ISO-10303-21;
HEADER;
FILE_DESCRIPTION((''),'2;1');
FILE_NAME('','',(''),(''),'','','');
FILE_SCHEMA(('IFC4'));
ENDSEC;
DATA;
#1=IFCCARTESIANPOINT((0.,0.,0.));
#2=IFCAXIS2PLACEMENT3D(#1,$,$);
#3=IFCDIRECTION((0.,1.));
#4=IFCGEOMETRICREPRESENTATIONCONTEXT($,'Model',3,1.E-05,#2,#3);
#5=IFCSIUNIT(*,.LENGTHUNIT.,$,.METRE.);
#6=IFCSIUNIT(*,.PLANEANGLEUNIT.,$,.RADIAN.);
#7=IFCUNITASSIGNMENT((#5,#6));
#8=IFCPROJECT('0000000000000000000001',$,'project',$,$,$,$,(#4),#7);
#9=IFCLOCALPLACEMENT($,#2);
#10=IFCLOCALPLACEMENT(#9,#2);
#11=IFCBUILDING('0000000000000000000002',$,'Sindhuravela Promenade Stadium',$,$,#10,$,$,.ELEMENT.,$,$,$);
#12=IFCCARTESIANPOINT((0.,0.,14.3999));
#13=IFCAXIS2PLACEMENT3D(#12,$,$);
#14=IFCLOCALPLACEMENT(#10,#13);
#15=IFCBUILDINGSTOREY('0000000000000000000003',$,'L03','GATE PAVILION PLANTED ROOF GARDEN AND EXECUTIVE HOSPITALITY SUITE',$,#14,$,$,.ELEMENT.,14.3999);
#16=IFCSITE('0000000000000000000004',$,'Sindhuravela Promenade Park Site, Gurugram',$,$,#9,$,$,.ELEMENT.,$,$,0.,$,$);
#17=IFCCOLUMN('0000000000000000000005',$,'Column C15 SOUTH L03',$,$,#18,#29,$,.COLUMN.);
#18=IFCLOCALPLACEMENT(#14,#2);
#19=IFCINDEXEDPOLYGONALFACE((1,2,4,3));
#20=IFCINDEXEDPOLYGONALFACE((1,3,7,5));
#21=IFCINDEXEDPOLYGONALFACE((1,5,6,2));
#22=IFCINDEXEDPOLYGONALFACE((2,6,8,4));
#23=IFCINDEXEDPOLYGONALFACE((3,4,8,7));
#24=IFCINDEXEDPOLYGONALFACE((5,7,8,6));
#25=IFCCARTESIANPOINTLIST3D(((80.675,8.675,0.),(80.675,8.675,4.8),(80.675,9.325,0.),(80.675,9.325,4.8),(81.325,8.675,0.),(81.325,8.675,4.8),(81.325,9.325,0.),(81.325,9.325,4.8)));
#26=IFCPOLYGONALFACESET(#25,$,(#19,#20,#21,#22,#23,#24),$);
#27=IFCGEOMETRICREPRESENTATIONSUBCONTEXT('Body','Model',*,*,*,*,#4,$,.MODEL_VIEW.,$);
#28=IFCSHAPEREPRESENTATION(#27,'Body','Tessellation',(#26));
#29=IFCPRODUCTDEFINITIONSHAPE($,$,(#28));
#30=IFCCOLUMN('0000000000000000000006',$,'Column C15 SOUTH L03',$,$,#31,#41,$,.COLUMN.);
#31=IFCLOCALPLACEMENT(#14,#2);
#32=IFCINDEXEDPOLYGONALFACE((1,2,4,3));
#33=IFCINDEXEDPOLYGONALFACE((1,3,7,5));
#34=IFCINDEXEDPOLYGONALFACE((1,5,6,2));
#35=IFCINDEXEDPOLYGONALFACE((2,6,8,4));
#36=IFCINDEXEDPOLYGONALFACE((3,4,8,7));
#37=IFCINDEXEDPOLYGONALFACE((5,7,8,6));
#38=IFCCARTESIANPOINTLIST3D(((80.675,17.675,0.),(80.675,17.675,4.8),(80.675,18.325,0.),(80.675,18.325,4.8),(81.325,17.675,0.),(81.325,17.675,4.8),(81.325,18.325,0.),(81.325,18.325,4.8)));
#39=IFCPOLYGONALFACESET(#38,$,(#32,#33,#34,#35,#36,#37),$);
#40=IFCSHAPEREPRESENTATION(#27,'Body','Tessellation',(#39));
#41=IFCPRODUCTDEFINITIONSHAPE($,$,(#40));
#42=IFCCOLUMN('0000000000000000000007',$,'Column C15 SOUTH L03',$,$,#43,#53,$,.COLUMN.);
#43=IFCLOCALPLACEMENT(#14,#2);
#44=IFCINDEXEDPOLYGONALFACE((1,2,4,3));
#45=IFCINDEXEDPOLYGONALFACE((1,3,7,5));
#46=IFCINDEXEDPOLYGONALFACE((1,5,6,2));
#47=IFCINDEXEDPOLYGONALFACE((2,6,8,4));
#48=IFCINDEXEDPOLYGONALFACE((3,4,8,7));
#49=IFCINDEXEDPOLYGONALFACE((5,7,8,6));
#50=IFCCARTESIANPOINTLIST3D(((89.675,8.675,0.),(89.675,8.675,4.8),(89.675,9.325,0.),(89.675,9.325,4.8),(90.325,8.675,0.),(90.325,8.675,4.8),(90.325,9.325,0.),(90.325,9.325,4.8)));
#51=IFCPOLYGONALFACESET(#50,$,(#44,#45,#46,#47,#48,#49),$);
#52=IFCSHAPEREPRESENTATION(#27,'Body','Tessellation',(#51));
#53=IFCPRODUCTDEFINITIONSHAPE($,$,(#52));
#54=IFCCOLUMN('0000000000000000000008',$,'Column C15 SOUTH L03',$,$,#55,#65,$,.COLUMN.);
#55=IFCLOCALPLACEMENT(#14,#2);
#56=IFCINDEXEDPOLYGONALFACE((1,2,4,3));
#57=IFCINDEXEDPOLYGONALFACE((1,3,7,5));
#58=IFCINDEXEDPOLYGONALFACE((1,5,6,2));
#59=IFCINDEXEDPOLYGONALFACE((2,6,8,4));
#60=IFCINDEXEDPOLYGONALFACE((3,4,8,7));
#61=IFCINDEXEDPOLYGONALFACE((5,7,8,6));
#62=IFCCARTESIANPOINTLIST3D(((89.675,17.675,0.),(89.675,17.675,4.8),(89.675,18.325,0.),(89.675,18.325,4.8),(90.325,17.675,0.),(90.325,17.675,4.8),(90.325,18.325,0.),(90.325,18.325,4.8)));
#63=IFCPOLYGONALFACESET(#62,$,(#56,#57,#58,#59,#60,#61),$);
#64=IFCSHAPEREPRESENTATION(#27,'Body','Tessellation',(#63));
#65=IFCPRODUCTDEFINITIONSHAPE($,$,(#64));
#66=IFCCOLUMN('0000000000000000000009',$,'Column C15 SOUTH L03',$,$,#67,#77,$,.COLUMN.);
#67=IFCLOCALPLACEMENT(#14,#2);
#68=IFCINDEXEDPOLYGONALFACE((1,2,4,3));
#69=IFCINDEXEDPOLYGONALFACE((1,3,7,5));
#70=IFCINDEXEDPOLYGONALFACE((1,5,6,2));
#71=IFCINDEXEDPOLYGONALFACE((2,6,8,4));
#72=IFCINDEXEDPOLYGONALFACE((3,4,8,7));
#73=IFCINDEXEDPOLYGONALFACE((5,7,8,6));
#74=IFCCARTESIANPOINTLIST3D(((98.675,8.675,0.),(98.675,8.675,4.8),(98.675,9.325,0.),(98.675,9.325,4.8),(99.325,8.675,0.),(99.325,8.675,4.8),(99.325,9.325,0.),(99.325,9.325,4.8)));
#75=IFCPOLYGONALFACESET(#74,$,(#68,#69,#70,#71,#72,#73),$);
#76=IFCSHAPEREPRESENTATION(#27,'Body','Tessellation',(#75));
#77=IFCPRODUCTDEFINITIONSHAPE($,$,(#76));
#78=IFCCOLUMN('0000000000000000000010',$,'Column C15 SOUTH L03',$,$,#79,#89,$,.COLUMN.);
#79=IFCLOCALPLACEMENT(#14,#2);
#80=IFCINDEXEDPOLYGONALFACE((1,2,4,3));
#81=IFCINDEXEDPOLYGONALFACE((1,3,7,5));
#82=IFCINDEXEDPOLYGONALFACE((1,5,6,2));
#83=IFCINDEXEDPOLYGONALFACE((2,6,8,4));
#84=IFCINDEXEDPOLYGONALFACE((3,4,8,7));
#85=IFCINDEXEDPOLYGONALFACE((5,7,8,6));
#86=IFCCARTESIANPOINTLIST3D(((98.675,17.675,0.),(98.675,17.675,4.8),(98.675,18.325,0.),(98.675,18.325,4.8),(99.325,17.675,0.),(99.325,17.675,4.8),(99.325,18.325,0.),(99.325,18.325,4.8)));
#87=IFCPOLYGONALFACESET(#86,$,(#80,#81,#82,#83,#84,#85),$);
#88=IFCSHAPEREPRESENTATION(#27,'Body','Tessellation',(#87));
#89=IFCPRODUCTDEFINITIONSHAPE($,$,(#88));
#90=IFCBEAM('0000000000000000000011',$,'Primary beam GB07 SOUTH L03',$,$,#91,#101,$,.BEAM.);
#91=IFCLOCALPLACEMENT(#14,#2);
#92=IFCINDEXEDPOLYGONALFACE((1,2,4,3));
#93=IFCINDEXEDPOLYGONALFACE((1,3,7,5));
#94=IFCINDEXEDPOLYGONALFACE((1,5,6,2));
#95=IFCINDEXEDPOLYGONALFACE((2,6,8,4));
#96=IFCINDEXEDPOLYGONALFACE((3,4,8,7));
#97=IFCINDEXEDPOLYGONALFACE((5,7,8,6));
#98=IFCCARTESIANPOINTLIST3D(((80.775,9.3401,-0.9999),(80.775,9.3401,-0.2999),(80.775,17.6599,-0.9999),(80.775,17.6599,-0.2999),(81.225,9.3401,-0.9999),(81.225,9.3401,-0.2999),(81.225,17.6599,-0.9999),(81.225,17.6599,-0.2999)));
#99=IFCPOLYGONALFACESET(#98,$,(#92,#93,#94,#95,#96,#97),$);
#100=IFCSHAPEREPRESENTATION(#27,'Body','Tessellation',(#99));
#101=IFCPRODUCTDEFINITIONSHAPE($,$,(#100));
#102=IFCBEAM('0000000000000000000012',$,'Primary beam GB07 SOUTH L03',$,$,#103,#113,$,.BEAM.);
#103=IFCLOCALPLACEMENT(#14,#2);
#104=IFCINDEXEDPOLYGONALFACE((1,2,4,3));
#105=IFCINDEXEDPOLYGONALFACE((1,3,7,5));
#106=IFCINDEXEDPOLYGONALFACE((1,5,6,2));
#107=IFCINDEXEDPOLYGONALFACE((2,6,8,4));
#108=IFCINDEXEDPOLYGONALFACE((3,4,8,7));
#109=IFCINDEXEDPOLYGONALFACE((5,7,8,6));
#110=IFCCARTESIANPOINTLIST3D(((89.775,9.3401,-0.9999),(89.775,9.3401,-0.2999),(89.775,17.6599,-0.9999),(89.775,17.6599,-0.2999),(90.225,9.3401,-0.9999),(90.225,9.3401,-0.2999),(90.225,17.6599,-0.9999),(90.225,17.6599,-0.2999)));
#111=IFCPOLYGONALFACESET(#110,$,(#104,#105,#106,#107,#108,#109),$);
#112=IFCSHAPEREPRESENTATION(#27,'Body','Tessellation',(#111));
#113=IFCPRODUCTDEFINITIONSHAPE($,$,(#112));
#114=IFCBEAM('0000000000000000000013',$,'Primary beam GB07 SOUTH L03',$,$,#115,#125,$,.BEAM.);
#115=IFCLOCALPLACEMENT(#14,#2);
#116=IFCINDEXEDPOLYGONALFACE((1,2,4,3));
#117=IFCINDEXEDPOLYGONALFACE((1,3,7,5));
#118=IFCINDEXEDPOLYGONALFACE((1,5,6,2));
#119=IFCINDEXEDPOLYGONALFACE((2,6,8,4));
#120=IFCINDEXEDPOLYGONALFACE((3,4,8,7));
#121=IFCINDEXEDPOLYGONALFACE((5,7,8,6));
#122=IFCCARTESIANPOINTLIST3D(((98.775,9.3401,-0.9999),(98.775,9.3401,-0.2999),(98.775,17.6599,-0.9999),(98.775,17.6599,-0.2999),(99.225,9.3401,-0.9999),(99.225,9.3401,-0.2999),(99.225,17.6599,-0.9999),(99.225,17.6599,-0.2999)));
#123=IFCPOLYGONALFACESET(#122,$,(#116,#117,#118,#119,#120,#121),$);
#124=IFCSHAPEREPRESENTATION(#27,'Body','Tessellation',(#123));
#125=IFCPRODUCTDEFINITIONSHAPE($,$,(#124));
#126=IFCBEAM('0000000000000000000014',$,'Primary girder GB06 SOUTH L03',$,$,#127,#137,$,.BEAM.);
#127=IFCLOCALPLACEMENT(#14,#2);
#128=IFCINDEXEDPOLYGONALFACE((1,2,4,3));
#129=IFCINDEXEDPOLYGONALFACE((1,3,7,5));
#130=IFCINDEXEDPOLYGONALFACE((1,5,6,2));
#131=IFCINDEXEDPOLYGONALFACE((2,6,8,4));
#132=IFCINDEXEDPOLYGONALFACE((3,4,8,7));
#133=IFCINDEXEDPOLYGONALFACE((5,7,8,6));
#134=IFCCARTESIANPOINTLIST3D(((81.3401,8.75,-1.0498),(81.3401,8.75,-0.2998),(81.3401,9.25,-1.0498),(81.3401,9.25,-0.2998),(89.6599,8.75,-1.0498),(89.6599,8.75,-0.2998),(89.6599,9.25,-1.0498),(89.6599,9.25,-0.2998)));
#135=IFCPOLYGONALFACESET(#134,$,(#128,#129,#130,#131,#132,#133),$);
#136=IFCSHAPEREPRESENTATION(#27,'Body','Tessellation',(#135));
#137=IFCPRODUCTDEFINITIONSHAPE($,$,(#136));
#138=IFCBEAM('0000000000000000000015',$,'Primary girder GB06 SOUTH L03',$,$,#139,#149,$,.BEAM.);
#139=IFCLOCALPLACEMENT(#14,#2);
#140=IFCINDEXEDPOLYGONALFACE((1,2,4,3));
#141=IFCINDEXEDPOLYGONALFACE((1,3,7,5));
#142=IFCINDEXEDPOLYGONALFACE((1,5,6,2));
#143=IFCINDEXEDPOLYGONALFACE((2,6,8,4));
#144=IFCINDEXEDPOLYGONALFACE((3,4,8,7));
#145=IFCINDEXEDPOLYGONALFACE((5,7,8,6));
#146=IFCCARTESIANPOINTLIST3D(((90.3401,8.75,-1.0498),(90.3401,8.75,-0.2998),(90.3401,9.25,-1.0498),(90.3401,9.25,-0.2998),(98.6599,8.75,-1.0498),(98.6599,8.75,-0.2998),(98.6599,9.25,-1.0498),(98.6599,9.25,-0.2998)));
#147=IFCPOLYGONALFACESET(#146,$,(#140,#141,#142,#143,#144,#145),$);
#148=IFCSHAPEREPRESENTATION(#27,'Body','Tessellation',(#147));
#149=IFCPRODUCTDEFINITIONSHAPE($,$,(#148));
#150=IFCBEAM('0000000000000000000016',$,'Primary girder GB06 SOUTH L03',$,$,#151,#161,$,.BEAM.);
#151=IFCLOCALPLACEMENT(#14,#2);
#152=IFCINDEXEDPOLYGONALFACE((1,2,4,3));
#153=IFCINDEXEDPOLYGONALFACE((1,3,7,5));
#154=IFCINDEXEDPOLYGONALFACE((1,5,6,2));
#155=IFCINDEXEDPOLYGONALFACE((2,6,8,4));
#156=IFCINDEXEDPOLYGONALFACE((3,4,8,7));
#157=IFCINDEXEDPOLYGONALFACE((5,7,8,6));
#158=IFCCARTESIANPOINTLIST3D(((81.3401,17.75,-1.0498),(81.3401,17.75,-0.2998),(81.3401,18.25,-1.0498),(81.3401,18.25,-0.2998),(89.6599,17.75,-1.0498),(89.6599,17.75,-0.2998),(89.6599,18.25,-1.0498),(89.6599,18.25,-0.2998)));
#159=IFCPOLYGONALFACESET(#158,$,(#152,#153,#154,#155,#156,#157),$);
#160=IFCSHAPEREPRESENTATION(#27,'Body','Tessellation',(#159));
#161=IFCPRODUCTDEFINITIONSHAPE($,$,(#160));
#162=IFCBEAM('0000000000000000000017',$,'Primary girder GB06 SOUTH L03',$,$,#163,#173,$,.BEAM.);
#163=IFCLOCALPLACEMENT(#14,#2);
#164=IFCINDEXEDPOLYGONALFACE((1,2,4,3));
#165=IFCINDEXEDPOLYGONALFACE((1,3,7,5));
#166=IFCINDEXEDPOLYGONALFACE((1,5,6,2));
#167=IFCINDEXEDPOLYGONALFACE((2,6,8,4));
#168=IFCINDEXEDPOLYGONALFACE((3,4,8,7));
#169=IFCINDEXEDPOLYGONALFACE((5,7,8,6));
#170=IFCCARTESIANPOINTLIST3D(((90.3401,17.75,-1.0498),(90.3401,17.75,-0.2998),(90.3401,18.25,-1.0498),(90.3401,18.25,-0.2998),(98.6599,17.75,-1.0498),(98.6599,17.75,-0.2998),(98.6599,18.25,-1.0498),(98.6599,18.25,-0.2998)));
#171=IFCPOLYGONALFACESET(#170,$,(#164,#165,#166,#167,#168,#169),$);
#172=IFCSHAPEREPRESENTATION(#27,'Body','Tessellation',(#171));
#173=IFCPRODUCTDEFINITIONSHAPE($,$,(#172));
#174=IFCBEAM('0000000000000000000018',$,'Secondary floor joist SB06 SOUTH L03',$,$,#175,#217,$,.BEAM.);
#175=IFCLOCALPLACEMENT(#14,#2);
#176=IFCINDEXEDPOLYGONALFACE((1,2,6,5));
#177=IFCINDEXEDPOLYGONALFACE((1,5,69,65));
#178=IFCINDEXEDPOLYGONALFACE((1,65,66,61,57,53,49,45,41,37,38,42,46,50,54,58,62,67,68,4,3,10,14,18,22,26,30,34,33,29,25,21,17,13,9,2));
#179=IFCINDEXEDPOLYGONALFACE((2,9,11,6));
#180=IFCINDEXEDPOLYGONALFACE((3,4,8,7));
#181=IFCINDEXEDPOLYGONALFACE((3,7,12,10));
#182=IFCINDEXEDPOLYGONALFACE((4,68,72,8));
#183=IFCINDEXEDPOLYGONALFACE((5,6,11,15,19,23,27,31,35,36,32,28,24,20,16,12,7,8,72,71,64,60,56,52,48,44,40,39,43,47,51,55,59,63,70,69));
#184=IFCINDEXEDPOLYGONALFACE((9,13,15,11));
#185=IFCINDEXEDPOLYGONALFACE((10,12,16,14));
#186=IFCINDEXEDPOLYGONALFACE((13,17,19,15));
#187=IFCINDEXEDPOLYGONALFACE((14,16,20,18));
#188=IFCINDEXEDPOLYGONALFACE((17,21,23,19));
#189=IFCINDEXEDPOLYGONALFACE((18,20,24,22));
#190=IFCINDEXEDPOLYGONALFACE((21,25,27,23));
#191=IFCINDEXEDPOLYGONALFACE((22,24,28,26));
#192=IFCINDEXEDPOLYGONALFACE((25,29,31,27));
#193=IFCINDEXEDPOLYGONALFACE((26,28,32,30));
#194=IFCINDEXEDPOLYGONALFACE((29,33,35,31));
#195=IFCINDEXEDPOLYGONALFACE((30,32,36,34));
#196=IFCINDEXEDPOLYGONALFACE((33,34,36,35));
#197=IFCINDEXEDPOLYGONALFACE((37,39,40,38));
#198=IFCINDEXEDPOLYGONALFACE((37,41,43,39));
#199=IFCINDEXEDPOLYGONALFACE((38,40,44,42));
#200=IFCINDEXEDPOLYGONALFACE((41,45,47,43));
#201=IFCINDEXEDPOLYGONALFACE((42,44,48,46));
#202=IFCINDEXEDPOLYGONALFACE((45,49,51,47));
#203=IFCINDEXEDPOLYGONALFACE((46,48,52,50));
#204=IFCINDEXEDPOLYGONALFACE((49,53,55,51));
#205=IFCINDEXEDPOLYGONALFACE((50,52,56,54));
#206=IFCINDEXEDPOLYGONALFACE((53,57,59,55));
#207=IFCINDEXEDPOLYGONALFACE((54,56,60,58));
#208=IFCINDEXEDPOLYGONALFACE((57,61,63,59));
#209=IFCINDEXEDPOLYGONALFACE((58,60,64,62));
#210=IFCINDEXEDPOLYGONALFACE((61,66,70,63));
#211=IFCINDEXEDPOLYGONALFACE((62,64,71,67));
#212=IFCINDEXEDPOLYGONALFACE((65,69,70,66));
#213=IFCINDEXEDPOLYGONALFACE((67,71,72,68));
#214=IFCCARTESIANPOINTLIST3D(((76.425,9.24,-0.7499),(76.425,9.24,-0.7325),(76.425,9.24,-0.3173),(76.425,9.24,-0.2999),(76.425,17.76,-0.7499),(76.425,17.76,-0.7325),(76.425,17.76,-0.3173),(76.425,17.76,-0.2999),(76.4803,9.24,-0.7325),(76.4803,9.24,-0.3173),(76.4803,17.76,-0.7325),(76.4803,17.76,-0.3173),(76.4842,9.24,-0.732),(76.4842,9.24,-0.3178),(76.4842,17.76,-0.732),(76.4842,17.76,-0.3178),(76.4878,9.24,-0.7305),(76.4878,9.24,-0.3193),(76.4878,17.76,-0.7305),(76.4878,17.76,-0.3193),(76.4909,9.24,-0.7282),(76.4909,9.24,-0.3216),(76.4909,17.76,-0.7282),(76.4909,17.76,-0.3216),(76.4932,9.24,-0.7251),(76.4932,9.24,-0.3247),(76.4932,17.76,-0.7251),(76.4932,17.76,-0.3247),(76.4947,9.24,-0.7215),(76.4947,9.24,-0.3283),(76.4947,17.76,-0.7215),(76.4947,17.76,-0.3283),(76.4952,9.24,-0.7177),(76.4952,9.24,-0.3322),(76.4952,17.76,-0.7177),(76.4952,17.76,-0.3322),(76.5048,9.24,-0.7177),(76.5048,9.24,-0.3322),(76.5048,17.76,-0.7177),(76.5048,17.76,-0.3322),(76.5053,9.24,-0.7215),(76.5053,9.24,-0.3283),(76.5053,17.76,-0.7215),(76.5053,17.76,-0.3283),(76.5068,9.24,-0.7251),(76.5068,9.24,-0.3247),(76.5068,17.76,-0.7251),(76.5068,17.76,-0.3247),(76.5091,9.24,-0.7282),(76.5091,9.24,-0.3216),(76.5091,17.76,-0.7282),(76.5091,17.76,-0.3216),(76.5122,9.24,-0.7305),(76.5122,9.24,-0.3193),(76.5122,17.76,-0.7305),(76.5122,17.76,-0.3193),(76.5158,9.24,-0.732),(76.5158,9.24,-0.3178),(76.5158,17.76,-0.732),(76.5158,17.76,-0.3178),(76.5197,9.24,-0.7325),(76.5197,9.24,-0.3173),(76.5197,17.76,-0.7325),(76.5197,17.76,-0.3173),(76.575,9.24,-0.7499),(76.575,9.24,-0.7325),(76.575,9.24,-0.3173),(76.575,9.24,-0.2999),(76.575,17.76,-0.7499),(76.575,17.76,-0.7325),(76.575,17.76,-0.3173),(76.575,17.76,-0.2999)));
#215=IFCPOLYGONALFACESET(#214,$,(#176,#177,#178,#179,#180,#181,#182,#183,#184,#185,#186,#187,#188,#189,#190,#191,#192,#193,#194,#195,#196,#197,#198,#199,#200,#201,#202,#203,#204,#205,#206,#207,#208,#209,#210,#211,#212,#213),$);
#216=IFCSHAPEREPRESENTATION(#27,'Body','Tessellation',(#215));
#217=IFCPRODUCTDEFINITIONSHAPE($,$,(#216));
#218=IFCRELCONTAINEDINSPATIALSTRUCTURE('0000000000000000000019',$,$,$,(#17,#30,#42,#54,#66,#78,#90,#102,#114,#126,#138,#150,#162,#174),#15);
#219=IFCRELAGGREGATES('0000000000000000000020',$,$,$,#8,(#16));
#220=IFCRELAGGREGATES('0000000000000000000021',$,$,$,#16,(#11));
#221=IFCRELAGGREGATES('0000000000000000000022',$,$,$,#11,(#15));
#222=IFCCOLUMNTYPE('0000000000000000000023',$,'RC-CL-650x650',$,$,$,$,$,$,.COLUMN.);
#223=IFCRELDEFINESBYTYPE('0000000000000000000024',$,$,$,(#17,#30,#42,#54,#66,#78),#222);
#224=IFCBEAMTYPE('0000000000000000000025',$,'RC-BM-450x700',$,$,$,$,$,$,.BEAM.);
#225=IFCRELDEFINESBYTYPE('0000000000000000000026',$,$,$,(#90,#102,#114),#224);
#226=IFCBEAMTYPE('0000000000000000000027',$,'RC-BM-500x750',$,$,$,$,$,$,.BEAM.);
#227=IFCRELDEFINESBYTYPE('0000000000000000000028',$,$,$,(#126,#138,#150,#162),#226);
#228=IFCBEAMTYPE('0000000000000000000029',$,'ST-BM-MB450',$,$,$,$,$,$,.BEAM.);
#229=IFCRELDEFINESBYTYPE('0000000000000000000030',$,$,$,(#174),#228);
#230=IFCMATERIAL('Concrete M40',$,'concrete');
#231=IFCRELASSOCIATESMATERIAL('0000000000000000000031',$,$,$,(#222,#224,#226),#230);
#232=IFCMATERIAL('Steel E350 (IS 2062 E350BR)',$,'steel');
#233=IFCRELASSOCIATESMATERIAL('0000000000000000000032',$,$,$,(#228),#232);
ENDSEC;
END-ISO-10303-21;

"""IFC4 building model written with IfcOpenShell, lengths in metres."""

from ifc_helpers import new_model, si_unit, direction, frame, origin, origin_2d, place, context, subcontext, project, spatial, rectangle, i_section, extrude, material, material_profile, profile_set, type_object, element, save


model = new_model("IFC4")

# Units and contexts
model_context = context("Model", 3, precision=1e-05, world=origin(), true_north=direction((0.0, 1.0)))
body_context = subcontext(model_context, "Body", "Model", "MODEL_VIEW")
ifc_project = project(units=[si_unit("LENGTHUNIT", "METRE"), si_unit("PLANEANGLEUNIT", "RADIAN")], contexts=[model_context])

# Site, building, storey
site_placement = place(None, origin())
site = spatial("IfcSite", under=ifc_project, at=site_placement, Name="Sindhuravela Promenade Park Site, Gurugram", CompositionType="ELEMENT", RefElevation=0.0)
building_placement = place(site_placement, origin())
building = spatial("IfcBuilding", under=site, at=building_placement, Name="Sindhuravela Promenade Stadium", CompositionType="ELEMENT")
storey_placement = place(building_placement, frame((0.0, 0.0, 14.3999)))
storey = spatial("IfcBuildingStorey", under=building, at=storey_placement, Name="L03", Description="GATE PAVILION PLANTED ROOF GARDEN AND EXECUTIVE HOSPITALITY SUITE", CompositionType="ELEMENT", Elevation=14.3999)

# Columns
ifc_material_1 = material(Name="Concrete M40", Category="concrete")
ifc_material_profile_1 = material_profile(ifc_material_1, rectangle(XDim=0.6499, YDim=0.6499, at=origin_2d()), Name="RC 650x650")
ifc_profile_set_1 = profile_set([ifc_material_profile_1], Name="Concrete M40")
column_type = type_object("IfcColumnType", Name="RC-CL-650x650", PredefinedType="COLUMN", material=ifc_profile_set_1)
for number, where, z_axis, x_axis, name in (
    (1, (81.0, 9.0, 0.0), (0.0, 0.0, 1.0), (1.0, 0.0, 0.0), "Column C15 SOUTH L03"),
    (2, (81.0, 18.0, 0.0), (0.0, 0.0, 1.0), (1.0, 0.0, 0.0), "Column C15 SOUTH L03"),
    (3, (90.0, 9.0, 0.0), (0.0, 0.0, 1.0), (1.0, 0.0, 0.0), "Column C15 SOUTH L03"),
    (4, (90.0, 18.0, 0.0), (0.0, 0.0, 1.0), (1.0, 0.0, 0.0), "Column C15 SOUTH L03"),
    (5, (99.0, 9.0, 0.0), (0.0, 0.0, 1.0), (1.0, 0.0, 0.0), "Column C15 SOUTH L03"),
    (6, (99.0, 18.0, 0.0), (0.0, 0.0, 1.0), (1.0, 0.0, 0.0), "Column C15 SOUTH L03"),
):
    element("IfcColumn", number, at=place(storey_placement, frame(where, z_axis=z_axis, x_axis=x_axis)), inside=storey, type_object=column_type, Name=name, PredefinedType="COLUMN", context=body_context, shape_type="SweptSolid", body=[
        extrude(rectangle(XDim=0.6499, YDim=0.6499, at=origin_2d()), origin(), (0.0, 0.0, 1.0), 4.8),
    ])

# Beams
ifc_material_profile_2 = material_profile(ifc_material_1, rectangle(XDim=0.45, YDim=0.7, at=origin_2d()), Name="RC 450x700")
ifc_profile_set_2 = profile_set([ifc_material_profile_2], Name="Concrete M40")
beam_type_1 = type_object("IfcBeamType", Name="RC-BM-450x700", PredefinedType="BEAM", material=ifc_profile_set_2)
for number, where, z_axis, x_axis, name in (
    (7, (81.0, 9.3401, -0.6499), (0.0, 1.0, 0.0), (-1.0, 0.0, 0.0), "Primary beam GB07 SOUTH L03"),
    (8, (90.0, 9.3401, -0.6499), (0.0, 1.0, 0.0), (-1.0, 0.0, 0.0), "Primary beam GB07 SOUTH L03"),
    (9, (99.0, 9.3401, -0.6499), (0.0, 1.0, 0.0), (-1.0, 0.0, 0.0), "Primary beam GB07 SOUTH L03"),
):
    element("IfcBeam", number, at=place(storey_placement, frame(where, z_axis=z_axis, x_axis=x_axis)), inside=storey, type_object=beam_type_1, Name=name, PredefinedType="BEAM", context=body_context, shape_type="SweptSolid", body=[
        extrude(rectangle(XDim=0.45, YDim=0.7, at=origin_2d()), origin(), (0.0, 0.0, 1.0), 8.3198),
    ])
ifc_material_profile_3 = material_profile(ifc_material_1, rectangle(XDim=0.5, YDim=0.75, at=origin_2d()), Name="RC 500x750")
ifc_profile_set_3 = profile_set([ifc_material_profile_3], Name="Concrete M40")
beam_type_2 = type_object("IfcBeamType", Name="RC-BM-500x750", PredefinedType="BEAM", material=ifc_profile_set_3)
for number, where, z_axis, x_axis, name in (
    (10, (81.3401, 9.0, -0.6748), (1.0, 0.0, 0.0), (0.0, 1.0, 0.0), "Primary girder GB06 SOUTH L03"),
    (11, (90.3401, 9.0, -0.6748), (1.0, 0.0, 0.0), (0.0, 1.0, 0.0), "Primary girder GB06 SOUTH L03"),
    (12, (81.3401, 18.0, -0.6748), (1.0, 0.0, 0.0), (0.0, 1.0, 0.0), "Primary girder GB06 SOUTH L03"),
    (13, (90.3401, 18.0, -0.6748), (1.0, 0.0, 0.0), (0.0, 1.0, 0.0), "Primary girder GB06 SOUTH L03"),
):
    element("IfcBeam", number, at=place(storey_placement, frame(where, z_axis=z_axis, x_axis=x_axis)), inside=storey, type_object=beam_type_2, Name=name, PredefinedType="BEAM", context=body_context, shape_type="SweptSolid", body=[
        extrude(rectangle(XDim=0.5, YDim=0.75, at=origin_2d()), origin(), (0.0, 0.0, 1.0), 8.3198),
    ])
ifc_material_2 = material(Name="Steel E350 (IS 2062 E350BR)", Category="steel")
ifc_material_profile_4 = material_profile(ifc_material_2, i_section(OverallWidth=0.1499, OverallDepth=0.45, WebThickness=0.0095, FlangeThickness=0.0173, FilletRadius=0.0149, at=origin_2d()), Name="ISMB 450")
ifc_profile_set_4 = profile_set([ifc_material_profile_4], Name="Steel E350 (IS 2062 E350BR)")
beam_type_3 = type_object("IfcBeamType", Name="ST-BM-MB450", PredefinedType="BEAM", material=ifc_profile_set_4)
beam_1_placement = place(storey_placement, frame((76.5, 9.24, -0.5249), z_axis=(0.0, 1.0, 0.0), x_axis=(-1.0, 0.0, 0.0)))
element("IfcBeam", 14, at=beam_1_placement, inside=storey, type_object=beam_type_3, Name="Secondary floor joist SB06 SOUTH L03", PredefinedType="BEAM", context=body_context, shape_type="SweptSolid", body=[
    extrude(i_section(OverallWidth=0.1499, OverallDepth=0.45, WebThickness=0.0095, FlangeThickness=0.0173, FilletRadius=0.0149, at=origin_2d()), origin(), (0.0, 0.0, 1.0), 8.52),
])

save(model, "model.ifc")
